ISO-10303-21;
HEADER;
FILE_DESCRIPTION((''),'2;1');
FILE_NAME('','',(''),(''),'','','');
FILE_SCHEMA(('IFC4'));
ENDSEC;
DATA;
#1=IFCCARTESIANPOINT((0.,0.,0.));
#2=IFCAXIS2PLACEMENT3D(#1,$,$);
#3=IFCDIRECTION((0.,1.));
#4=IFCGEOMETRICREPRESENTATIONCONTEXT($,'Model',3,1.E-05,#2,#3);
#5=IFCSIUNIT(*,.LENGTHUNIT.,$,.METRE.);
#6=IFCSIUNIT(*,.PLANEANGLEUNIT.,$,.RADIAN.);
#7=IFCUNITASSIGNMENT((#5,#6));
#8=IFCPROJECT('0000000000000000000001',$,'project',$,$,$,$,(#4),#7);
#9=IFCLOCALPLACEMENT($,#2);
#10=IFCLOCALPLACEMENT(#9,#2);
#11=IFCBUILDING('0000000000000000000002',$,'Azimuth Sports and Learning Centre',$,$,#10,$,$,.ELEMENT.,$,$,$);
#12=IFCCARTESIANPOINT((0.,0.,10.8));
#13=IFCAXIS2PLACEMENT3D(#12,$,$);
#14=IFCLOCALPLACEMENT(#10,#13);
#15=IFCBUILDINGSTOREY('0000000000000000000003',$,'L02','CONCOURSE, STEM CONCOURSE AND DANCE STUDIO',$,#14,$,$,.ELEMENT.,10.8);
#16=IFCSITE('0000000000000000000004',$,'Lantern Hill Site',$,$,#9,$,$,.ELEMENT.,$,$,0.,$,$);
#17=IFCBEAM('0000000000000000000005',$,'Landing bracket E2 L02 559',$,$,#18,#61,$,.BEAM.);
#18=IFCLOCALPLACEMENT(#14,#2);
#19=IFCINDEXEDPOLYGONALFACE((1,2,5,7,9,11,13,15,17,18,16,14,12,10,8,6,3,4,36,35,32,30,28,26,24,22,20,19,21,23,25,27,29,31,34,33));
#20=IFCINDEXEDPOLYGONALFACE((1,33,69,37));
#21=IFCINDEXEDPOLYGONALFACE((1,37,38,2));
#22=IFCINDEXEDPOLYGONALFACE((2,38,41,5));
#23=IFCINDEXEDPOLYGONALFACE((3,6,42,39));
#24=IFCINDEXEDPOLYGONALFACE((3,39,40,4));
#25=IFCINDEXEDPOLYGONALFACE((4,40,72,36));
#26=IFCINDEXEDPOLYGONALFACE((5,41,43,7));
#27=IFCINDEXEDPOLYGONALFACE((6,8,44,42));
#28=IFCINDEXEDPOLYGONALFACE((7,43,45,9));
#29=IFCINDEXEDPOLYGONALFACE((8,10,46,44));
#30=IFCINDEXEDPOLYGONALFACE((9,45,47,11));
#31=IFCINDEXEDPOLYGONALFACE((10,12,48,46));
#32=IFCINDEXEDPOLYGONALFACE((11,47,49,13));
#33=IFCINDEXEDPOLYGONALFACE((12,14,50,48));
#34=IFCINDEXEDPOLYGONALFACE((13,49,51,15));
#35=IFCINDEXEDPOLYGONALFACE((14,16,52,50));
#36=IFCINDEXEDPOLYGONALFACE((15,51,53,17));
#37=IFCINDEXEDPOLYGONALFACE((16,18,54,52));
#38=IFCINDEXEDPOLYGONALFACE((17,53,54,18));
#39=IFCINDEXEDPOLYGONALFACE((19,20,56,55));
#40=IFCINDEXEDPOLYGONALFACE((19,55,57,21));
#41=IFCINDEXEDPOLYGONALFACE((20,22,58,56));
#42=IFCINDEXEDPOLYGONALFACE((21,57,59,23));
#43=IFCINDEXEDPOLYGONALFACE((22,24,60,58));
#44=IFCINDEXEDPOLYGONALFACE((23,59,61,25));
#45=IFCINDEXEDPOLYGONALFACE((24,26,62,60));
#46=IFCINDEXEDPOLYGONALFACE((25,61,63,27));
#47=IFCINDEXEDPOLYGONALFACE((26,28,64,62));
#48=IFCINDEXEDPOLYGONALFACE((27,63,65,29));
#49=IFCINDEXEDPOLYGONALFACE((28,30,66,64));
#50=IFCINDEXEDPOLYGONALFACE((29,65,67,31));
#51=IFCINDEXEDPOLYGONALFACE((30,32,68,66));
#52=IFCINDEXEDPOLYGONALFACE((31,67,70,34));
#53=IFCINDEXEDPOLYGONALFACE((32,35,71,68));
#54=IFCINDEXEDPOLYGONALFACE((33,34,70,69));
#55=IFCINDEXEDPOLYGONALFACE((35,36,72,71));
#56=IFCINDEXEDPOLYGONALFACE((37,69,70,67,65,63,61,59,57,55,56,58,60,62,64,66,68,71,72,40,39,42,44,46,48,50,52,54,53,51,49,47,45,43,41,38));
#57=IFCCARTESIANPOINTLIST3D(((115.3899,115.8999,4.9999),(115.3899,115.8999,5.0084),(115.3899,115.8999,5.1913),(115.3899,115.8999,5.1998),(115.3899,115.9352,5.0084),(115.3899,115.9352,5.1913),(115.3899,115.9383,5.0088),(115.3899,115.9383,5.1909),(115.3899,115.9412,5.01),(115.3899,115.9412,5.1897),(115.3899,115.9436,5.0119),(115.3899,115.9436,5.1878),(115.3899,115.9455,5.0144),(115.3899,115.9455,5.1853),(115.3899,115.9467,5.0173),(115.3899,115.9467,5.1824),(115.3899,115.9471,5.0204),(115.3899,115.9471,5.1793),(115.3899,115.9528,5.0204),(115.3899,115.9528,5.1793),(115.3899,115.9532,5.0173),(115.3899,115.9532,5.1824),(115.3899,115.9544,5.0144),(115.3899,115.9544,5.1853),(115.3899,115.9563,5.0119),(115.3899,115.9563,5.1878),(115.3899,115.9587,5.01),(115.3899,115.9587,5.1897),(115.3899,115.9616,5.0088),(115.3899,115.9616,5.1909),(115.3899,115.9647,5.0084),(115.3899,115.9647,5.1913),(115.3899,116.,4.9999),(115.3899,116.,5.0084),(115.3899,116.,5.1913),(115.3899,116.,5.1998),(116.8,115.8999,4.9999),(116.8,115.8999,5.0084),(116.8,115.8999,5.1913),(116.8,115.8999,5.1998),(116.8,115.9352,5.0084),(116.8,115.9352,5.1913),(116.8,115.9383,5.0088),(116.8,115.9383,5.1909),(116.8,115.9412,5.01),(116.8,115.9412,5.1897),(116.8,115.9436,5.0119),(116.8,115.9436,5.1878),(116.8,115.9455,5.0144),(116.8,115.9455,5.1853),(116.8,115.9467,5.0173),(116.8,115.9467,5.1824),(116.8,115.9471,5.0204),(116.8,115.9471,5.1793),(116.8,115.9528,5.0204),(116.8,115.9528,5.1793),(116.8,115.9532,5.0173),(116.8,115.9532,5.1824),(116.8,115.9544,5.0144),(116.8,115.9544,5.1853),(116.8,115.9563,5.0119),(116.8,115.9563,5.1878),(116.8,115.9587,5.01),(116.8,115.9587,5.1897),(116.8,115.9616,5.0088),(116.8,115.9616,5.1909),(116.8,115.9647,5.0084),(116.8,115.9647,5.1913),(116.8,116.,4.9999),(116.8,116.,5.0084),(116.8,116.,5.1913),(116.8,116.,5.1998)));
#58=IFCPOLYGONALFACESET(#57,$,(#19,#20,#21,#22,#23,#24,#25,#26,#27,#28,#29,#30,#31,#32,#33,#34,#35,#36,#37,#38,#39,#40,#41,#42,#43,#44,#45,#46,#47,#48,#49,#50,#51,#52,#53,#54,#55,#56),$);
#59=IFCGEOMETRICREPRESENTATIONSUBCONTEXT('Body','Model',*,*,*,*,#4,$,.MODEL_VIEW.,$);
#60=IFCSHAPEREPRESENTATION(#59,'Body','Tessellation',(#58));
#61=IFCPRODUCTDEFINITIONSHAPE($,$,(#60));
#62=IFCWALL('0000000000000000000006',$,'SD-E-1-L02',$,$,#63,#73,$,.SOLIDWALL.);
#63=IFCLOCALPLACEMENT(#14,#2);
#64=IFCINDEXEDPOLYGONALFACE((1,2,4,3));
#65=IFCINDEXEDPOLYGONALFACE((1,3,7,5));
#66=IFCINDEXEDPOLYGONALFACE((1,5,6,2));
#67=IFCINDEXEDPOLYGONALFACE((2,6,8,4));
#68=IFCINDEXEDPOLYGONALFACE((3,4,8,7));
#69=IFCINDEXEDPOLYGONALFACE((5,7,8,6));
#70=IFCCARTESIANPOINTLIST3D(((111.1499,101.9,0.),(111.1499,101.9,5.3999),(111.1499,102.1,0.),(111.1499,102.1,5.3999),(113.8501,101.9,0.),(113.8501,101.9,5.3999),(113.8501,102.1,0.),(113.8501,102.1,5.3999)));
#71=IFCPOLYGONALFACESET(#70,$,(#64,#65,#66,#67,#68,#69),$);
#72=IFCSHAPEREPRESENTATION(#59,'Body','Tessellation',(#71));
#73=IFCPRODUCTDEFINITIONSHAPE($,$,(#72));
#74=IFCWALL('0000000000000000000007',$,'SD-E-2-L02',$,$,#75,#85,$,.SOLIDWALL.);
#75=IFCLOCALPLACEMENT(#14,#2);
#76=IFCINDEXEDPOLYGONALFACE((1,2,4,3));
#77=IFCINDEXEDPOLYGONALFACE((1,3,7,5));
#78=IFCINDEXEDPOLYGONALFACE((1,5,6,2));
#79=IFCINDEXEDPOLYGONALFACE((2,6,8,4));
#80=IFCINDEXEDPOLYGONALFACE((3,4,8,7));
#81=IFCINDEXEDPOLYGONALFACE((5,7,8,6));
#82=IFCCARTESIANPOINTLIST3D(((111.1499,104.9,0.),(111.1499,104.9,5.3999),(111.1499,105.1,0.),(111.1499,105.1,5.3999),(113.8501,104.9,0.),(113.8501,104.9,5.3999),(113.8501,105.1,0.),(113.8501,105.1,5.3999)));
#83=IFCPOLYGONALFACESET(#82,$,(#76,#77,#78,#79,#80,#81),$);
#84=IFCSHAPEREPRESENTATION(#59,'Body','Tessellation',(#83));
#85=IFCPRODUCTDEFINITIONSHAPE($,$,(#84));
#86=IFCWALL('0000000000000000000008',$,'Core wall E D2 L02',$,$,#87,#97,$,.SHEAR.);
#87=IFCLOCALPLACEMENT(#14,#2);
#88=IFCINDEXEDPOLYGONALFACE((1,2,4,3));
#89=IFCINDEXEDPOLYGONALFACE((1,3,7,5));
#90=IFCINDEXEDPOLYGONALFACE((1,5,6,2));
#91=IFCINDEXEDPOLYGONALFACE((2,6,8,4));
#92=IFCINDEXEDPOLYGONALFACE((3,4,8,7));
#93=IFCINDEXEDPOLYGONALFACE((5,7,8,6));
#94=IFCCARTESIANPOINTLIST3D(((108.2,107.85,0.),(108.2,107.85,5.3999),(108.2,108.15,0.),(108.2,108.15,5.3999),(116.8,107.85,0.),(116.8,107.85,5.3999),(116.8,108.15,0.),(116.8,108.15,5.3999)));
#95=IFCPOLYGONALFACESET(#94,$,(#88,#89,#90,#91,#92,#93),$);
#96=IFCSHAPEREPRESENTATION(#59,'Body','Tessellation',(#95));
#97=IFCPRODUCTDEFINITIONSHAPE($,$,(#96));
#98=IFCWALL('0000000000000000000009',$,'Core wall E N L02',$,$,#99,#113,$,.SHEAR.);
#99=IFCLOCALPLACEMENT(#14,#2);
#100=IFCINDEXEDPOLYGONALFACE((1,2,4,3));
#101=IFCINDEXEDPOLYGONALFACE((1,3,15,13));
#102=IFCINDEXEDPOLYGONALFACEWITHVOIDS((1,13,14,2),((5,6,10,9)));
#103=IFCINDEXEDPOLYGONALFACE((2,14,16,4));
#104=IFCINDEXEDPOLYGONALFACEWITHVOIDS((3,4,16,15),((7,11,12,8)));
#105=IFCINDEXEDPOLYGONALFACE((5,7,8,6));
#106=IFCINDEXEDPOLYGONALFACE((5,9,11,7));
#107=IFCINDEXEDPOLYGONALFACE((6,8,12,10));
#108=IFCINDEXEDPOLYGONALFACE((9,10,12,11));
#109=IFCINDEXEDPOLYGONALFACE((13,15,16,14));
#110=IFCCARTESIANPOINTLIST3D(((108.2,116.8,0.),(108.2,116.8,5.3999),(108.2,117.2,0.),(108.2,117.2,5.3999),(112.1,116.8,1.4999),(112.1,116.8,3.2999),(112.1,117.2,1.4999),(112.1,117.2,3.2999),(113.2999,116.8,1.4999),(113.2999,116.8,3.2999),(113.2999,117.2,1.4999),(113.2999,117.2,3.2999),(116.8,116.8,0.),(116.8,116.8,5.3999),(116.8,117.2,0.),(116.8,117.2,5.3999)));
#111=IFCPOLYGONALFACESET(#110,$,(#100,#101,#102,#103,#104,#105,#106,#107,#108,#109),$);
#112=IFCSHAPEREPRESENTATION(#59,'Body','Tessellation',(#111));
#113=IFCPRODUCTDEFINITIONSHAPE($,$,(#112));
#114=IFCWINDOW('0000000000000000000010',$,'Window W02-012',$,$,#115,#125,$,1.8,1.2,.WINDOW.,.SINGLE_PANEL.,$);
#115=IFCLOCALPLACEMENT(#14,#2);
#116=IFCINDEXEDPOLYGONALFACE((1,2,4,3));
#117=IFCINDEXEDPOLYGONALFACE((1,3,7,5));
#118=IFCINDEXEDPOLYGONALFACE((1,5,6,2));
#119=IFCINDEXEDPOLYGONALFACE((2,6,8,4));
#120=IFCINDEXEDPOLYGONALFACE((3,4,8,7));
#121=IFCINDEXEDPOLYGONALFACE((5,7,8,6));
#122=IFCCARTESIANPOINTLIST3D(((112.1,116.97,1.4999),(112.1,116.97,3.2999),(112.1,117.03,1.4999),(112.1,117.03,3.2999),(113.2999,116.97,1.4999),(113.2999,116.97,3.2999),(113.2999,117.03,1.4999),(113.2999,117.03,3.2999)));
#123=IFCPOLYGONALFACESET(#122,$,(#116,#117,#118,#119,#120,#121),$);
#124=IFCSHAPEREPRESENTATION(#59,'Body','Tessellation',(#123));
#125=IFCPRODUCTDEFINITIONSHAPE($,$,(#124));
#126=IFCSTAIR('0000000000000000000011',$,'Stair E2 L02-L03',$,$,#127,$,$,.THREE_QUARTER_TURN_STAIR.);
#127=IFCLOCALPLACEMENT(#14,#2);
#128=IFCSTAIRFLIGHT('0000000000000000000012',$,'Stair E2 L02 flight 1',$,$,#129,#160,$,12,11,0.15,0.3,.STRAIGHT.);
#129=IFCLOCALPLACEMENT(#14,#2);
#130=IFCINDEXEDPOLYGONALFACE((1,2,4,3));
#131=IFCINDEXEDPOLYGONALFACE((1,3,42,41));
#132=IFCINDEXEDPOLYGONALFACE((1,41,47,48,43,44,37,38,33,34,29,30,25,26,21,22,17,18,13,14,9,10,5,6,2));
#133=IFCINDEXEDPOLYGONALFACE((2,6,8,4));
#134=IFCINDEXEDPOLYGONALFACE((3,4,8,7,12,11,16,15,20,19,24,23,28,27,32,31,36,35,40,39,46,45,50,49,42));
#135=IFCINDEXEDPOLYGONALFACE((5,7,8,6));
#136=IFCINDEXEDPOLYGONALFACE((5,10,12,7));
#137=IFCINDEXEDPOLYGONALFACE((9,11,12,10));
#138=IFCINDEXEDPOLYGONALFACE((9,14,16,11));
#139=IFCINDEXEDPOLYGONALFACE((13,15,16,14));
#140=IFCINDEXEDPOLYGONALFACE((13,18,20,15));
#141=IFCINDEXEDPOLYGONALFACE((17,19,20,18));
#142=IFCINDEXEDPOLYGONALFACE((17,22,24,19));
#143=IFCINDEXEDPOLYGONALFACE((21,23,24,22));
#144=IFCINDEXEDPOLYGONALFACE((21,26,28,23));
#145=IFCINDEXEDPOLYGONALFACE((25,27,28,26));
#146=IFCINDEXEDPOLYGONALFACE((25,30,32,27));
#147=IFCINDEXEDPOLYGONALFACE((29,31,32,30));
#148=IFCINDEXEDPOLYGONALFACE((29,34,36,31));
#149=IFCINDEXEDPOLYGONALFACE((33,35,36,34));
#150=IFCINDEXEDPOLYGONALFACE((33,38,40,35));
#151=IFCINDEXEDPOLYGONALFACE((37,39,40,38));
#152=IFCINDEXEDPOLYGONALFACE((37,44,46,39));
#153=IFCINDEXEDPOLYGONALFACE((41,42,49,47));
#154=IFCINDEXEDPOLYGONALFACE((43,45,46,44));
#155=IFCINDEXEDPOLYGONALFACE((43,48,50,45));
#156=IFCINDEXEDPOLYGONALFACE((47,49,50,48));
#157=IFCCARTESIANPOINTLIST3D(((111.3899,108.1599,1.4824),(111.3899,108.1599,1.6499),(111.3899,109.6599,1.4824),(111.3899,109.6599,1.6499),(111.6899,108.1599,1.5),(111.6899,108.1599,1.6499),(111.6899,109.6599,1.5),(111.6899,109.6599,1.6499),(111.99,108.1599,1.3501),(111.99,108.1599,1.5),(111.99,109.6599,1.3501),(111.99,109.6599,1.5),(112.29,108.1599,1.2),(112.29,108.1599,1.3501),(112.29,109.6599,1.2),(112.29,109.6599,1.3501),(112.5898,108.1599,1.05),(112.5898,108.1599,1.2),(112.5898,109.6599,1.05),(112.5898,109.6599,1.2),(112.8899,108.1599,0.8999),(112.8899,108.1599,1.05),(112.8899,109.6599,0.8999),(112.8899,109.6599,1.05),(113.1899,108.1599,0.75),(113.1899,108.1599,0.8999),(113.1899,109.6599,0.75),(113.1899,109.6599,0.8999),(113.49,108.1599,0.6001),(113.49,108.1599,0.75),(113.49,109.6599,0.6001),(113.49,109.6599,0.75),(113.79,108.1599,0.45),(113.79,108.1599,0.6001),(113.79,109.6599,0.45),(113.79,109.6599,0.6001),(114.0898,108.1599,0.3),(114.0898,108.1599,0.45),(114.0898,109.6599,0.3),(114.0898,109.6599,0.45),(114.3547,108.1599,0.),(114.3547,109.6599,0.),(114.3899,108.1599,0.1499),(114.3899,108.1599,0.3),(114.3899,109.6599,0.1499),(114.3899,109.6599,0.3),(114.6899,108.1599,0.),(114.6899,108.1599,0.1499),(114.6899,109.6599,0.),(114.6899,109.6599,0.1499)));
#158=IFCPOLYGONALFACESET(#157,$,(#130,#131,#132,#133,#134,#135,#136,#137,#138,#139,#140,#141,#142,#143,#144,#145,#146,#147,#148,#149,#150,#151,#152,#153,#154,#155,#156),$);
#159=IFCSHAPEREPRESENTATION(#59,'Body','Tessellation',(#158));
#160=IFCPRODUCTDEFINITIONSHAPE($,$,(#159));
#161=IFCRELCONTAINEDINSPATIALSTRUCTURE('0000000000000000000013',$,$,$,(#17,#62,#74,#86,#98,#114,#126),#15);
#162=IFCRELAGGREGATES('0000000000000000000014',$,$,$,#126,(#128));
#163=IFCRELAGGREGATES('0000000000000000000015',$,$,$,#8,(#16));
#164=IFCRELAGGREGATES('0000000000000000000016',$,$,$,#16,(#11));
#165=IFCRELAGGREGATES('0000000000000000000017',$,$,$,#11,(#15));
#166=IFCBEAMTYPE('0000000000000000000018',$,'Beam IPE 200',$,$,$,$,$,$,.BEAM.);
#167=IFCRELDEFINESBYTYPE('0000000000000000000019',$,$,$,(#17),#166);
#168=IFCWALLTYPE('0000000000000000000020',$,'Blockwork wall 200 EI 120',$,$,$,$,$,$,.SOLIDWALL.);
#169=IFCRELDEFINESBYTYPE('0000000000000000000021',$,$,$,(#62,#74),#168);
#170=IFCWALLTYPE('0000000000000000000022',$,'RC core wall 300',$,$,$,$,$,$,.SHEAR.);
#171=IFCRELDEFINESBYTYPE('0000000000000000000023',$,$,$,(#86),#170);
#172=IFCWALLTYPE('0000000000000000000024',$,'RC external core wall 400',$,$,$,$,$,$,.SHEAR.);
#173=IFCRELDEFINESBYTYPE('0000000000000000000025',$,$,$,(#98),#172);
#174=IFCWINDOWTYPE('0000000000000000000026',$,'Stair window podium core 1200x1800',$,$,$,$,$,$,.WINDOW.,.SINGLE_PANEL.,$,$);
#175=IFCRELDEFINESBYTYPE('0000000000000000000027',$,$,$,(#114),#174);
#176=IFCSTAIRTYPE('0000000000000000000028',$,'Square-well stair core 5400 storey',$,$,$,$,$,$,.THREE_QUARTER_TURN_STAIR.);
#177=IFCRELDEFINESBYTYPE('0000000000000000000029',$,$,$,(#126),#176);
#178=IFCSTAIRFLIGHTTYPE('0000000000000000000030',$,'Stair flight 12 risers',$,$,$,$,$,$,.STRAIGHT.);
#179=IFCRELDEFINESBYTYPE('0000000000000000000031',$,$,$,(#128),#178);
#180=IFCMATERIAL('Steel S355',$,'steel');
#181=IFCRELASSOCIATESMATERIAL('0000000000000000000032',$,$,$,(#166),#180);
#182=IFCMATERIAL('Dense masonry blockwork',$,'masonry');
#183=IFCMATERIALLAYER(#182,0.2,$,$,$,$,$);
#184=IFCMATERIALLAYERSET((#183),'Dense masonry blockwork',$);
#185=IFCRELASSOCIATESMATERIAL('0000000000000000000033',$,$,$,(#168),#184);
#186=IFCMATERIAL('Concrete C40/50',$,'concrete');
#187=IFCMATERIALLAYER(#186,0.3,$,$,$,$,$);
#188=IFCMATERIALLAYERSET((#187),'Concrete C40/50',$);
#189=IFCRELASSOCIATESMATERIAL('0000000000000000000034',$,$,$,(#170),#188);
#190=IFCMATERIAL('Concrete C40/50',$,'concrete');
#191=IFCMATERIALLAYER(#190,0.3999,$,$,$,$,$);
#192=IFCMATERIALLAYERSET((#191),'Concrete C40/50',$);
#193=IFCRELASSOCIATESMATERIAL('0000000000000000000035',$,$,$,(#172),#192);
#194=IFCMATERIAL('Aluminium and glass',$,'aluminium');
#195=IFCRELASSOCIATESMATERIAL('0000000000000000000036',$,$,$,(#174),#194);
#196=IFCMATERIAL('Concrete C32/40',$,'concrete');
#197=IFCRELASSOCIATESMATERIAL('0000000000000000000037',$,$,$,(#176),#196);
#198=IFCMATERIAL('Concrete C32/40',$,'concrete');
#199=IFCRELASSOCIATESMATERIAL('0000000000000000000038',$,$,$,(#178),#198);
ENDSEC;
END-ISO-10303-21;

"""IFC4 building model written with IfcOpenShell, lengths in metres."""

from ifc_helpers import new_model, si_unit, direction, frame, frame_2d, origin, origin_2d, place, context, subcontext, project, spatial, polyline, rectangle, i_section, outline, extrude, material, layer, layer_set, material_profile, profile_set, type_object, element, fill, aggregate, save


model = new_model("IFC4")

# Units and contexts
model_context = context("Model", 3, precision=1e-05, world=origin(), true_north=direction((0.0, 1.0)))
body_context = subcontext(model_context, "Body", "Model", "MODEL_VIEW")
ifc_project = project(units=[si_unit("LENGTHUNIT", "METRE"), si_unit("PLANEANGLEUNIT", "RADIAN")], contexts=[model_context])

# Site, building, storey
site_placement = place(None, origin())
site = spatial("IfcSite", under=ifc_project, at=site_placement, Name="Lantern Hill Site", CompositionType="ELEMENT", RefElevation=0.0)
building_placement = place(site_placement, origin())
building = spatial("IfcBuilding", under=site, at=building_placement, Name="Azimuth Sports and Learning Centre", CompositionType="ELEMENT")
storey_placement = place(building_placement, frame((0.0, 0.0, 10.8)))
storey = spatial("IfcBuildingStorey", under=building, at=storey_placement, Name="L02", Description="CONCOURSE, STEM CONCOURSE AND DANCE STUDIO", CompositionType="ELEMENT", Elevation=10.8)

# Beam
ifc_material_1 = material(Name="Steel S355", Category="steel")
ifc_material_profile = material_profile(ifc_material_1, i_section(OverallWidth=0.1001, OverallDepth=0.2, WebThickness=0.0056, FlangeThickness=0.0085, FilletRadius=0.012, at=origin_2d()), Name="IPE 200")
ifc_profile_set = profile_set([ifc_material_profile], Name="Steel S355")
beam_type = type_object("IfcBeamType", Name="Beam IPE 200", PredefinedType="BEAM", material=ifc_profile_set)
for number, where, z_axis, x_axis, name in (
    (1, (116.8, 115.95, 5.0999), (-1.0, 0.0, 0.0), (0.0, -1.0, 0.0), "Landing bracket E2 L02 559"),
):
    element("IfcBeam", number, at=place(storey_placement, frame(where, z_axis=z_axis, x_axis=x_axis)), inside=storey, type_object=beam_type, Name=name, PredefinedType="BEAM", context=body_context, shape_type="SweptSolid", body=[
        extrude(i_section(OverallWidth=0.1001, OverallDepth=0.2, WebThickness=0.0056, FlangeThickness=0.0085, FilletRadius=0.012, at=origin_2d()), origin(), (0.0, 0.0, 1.0), 1.4102),
    ])

# Walls
ifc_material_2 = material(Name="Dense masonry blockwork", Category="masonry")
ifc_layer_1 = layer(ifc_material_2, 0.2)
ifc_layer_set_1 = layer_set([ifc_layer_1], Name="Dense masonry blockwork")
wall_type_1 = type_object("IfcWallType", Name="Blockwork wall 200 EI 120", PredefinedType="SOLIDWALL", material=ifc_layer_set_1)
for number, where, z_axis, x_axis, name in (
    (2, (111.1499, 102.0, 0.0), (0.0, 0.0, 1.0), (1.0, 0.0, 0.0), "SD-E-1-L02"),
    (3, (111.1499, 105.0, 0.0), (0.0, 0.0, 1.0), (1.0, 0.0, 0.0), "SD-E-2-L02"),
):
    element("IfcWall", number, at=place(storey_placement, frame(where, z_axis=z_axis, x_axis=x_axis)), inside=storey, type_object=wall_type_1, Name=name, PredefinedType="SOLIDWALL", context=body_context, shape_type="SweptSolid", body=[
        extrude(rectangle(XDim=2.7002, YDim=0.2, at=frame_2d((1.3501, 0.0))), origin(), (0.0, 0.0, 1.0), 5.3999),
    ])
ifc_material_3 = material(Name="Concrete C40/50", Category="concrete")
ifc_layer_2 = layer(ifc_material_3, 0.3)
ifc_layer_set_2 = layer_set([ifc_layer_2], Name="Concrete C40/50")
wall_type_2 = type_object("IfcWallType", Name="RC core wall 300", PredefinedType="SHEAR", material=ifc_layer_set_2)
wall_1_placement = place(storey_placement, frame((108.2, 108.0, 0.0), z_axis=(0.0, 0.0, 1.0), x_axis=(1.0, 0.0, 0.0)))
element("IfcWall", 4, at=wall_1_placement, inside=storey, type_object=wall_type_2, Name="Core wall E D2 L02", PredefinedType="SHEAR", context=body_context, shape_type="SweptSolid", body=[
    extrude(rectangle(XDim=8.6001, YDim=0.3, at=frame_2d((4.3, 0.0))), origin(), (0.0, 0.0, 1.0), 5.3999),
])

# Wall, opening, window
ifc_material_4 = material(Name="Concrete C40/50", Category="concrete")
ifc_layer_3 = layer(ifc_material_4, 0.3999)
ifc_layer_set_3 = layer_set([ifc_layer_3], Name="Concrete C40/50")
wall_type_3 = type_object("IfcWallType", Name="RC external core wall 400", PredefinedType="SHEAR", material=ifc_layer_set_3)
wall_2_placement = place(storey_placement, frame((108.2, 117.0, 0.0), z_axis=(0.0, 0.0, 1.0), x_axis=(1.0, 0.0, 0.0)))
wall_2 = element("IfcWall", 5, at=wall_2_placement, inside=storey, type_object=wall_type_3, Name="Core wall E N L02", PredefinedType="SHEAR", context=body_context, shape_type="SweptSolid", body=[
    extrude(rectangle(XDim=8.6001, YDim=0.3999, at=frame_2d((4.3, 0.0))), origin(), (0.0, 0.0, 1.0), 5.3999),
])
opening_placement = place(wall_2_placement, frame((3.8999, 0.0, 1.5)))
opening = element("IfcOpeningElement", 6, at=opening_placement, cuts=wall_2, PredefinedType="OPENING", context=body_context, shape_type="SweptSolid", body=[
    extrude(rectangle(XDim=1.2, YDim=1.8, at=frame_2d((0.6001, 0.8999))), frame((0.0, 0.2109, 0.0), z_axis=(0.0, -1.0, 0.0), x_axis=(1.0, 0.0, 0.0)), (0.0, 0.0, 1.0), 0.4219),
])
ifc_material_5 = material(Name="Aluminium and glass", Category="aluminium")
window_type = type_object("IfcWindowType", Name="Stair window podium core 1200x1800", PartitioningType="SINGLE_PANEL", PredefinedType="WINDOW", material=ifc_material_5)
window_placement = place(opening_placement, origin())
window = element("IfcWindow", 7, at=window_placement, inside=storey, type_object=window_type, Name="Window W02-012", OverallHeight=1.8, OverallWidth=1.2, PartitioningType="SINGLE_PANEL", PredefinedType="WINDOW", context=body_context, shape_type="SweptSolid", body=[
    extrude(rectangle(XDim=1.2, YDim=1.8, at=frame_2d((0.6001, 0.8999))), frame((0.0, 0.03, 0.0), z_axis=(0.0, -1.0, 0.0), x_axis=(1.0, 0.0, 0.0)), (0.0, 0.0, 1.0), 0.0601),
])
fill(opening, window)

# Stair, stair flight
ifc_material_6 = material(Name="Concrete C32/40", Category="concrete")
stair_type = type_object("IfcStairType", Name="Square-well stair core 5400 storey", PredefinedType="THREE_QUARTER_TURN_STAIR", material=ifc_material_6)
stair_placement = place(storey_placement, origin())
stair = element("IfcStair", 8, at=stair_placement, inside=storey, type_object=stair_type, Name="Stair E2 L02-L03", PredefinedType="THREE_QUARTER_TURN_STAIR")
ifc_material_7 = material(Name="Concrete C32/40", Category="concrete")
stair_flight_type = type_object("IfcStairFlightType", Name="Stair flight 12 risers", PredefinedType="STRAIGHT", material=ifc_material_7)
stair_flight_1_placement = place(storey_placement, frame((114.6899, 108.9099, 0.0), z_axis=(0.0, 0.0, 1.0), x_axis=(-1.0, 0.0, 0.0)))
stair_flight_1 = element("IfcStairFlight", 9, at=stair_flight_1_placement, type_object=stair_flight_type, Name="Stair E2 L02 flight 1", NumberOfRisers=12, NumberOfTreads=11, PredefinedType="STRAIGHT", RiserHeight=0.15, TreadLength=0.3, context=body_context, shape_type="SweptSolid", body=[
    extrude(outline(polyline([(0.0, 0.0), (0.0, 0.1499), (0.3, 0.1499), (0.3, 0.3), (0.6001, 0.3), (0.6001, 0.45), (0.8999, 0.45), (0.8999, 0.6001), (1.2, 0.6001), (1.2, 0.75), (1.5, 0.75), (1.5, 0.8999), (1.8, 0.8999), (1.8, 1.05), (2.1001, 1.05), (2.1001, 1.2), (2.3999, 1.2), (2.3999, 1.3501), (2.7, 1.3501), (2.7, 1.5), (3.0, 1.5), (3.0, 1.6499), (3.3, 1.6499), (3.3, 1.8), (3.3, 1.4824), (0.3352, 0.0), (0.0, 0.0)])), frame((0.0, 0.75, 0.0), z_axis=(0.0, -1.0, 0.0), x_axis=(1.0, 0.0, 0.0)), (0.0, 0.0, 1.0), 1.5),
])
aggregate(stair, [stair_flight_1])

save(model, "model.ifc")
